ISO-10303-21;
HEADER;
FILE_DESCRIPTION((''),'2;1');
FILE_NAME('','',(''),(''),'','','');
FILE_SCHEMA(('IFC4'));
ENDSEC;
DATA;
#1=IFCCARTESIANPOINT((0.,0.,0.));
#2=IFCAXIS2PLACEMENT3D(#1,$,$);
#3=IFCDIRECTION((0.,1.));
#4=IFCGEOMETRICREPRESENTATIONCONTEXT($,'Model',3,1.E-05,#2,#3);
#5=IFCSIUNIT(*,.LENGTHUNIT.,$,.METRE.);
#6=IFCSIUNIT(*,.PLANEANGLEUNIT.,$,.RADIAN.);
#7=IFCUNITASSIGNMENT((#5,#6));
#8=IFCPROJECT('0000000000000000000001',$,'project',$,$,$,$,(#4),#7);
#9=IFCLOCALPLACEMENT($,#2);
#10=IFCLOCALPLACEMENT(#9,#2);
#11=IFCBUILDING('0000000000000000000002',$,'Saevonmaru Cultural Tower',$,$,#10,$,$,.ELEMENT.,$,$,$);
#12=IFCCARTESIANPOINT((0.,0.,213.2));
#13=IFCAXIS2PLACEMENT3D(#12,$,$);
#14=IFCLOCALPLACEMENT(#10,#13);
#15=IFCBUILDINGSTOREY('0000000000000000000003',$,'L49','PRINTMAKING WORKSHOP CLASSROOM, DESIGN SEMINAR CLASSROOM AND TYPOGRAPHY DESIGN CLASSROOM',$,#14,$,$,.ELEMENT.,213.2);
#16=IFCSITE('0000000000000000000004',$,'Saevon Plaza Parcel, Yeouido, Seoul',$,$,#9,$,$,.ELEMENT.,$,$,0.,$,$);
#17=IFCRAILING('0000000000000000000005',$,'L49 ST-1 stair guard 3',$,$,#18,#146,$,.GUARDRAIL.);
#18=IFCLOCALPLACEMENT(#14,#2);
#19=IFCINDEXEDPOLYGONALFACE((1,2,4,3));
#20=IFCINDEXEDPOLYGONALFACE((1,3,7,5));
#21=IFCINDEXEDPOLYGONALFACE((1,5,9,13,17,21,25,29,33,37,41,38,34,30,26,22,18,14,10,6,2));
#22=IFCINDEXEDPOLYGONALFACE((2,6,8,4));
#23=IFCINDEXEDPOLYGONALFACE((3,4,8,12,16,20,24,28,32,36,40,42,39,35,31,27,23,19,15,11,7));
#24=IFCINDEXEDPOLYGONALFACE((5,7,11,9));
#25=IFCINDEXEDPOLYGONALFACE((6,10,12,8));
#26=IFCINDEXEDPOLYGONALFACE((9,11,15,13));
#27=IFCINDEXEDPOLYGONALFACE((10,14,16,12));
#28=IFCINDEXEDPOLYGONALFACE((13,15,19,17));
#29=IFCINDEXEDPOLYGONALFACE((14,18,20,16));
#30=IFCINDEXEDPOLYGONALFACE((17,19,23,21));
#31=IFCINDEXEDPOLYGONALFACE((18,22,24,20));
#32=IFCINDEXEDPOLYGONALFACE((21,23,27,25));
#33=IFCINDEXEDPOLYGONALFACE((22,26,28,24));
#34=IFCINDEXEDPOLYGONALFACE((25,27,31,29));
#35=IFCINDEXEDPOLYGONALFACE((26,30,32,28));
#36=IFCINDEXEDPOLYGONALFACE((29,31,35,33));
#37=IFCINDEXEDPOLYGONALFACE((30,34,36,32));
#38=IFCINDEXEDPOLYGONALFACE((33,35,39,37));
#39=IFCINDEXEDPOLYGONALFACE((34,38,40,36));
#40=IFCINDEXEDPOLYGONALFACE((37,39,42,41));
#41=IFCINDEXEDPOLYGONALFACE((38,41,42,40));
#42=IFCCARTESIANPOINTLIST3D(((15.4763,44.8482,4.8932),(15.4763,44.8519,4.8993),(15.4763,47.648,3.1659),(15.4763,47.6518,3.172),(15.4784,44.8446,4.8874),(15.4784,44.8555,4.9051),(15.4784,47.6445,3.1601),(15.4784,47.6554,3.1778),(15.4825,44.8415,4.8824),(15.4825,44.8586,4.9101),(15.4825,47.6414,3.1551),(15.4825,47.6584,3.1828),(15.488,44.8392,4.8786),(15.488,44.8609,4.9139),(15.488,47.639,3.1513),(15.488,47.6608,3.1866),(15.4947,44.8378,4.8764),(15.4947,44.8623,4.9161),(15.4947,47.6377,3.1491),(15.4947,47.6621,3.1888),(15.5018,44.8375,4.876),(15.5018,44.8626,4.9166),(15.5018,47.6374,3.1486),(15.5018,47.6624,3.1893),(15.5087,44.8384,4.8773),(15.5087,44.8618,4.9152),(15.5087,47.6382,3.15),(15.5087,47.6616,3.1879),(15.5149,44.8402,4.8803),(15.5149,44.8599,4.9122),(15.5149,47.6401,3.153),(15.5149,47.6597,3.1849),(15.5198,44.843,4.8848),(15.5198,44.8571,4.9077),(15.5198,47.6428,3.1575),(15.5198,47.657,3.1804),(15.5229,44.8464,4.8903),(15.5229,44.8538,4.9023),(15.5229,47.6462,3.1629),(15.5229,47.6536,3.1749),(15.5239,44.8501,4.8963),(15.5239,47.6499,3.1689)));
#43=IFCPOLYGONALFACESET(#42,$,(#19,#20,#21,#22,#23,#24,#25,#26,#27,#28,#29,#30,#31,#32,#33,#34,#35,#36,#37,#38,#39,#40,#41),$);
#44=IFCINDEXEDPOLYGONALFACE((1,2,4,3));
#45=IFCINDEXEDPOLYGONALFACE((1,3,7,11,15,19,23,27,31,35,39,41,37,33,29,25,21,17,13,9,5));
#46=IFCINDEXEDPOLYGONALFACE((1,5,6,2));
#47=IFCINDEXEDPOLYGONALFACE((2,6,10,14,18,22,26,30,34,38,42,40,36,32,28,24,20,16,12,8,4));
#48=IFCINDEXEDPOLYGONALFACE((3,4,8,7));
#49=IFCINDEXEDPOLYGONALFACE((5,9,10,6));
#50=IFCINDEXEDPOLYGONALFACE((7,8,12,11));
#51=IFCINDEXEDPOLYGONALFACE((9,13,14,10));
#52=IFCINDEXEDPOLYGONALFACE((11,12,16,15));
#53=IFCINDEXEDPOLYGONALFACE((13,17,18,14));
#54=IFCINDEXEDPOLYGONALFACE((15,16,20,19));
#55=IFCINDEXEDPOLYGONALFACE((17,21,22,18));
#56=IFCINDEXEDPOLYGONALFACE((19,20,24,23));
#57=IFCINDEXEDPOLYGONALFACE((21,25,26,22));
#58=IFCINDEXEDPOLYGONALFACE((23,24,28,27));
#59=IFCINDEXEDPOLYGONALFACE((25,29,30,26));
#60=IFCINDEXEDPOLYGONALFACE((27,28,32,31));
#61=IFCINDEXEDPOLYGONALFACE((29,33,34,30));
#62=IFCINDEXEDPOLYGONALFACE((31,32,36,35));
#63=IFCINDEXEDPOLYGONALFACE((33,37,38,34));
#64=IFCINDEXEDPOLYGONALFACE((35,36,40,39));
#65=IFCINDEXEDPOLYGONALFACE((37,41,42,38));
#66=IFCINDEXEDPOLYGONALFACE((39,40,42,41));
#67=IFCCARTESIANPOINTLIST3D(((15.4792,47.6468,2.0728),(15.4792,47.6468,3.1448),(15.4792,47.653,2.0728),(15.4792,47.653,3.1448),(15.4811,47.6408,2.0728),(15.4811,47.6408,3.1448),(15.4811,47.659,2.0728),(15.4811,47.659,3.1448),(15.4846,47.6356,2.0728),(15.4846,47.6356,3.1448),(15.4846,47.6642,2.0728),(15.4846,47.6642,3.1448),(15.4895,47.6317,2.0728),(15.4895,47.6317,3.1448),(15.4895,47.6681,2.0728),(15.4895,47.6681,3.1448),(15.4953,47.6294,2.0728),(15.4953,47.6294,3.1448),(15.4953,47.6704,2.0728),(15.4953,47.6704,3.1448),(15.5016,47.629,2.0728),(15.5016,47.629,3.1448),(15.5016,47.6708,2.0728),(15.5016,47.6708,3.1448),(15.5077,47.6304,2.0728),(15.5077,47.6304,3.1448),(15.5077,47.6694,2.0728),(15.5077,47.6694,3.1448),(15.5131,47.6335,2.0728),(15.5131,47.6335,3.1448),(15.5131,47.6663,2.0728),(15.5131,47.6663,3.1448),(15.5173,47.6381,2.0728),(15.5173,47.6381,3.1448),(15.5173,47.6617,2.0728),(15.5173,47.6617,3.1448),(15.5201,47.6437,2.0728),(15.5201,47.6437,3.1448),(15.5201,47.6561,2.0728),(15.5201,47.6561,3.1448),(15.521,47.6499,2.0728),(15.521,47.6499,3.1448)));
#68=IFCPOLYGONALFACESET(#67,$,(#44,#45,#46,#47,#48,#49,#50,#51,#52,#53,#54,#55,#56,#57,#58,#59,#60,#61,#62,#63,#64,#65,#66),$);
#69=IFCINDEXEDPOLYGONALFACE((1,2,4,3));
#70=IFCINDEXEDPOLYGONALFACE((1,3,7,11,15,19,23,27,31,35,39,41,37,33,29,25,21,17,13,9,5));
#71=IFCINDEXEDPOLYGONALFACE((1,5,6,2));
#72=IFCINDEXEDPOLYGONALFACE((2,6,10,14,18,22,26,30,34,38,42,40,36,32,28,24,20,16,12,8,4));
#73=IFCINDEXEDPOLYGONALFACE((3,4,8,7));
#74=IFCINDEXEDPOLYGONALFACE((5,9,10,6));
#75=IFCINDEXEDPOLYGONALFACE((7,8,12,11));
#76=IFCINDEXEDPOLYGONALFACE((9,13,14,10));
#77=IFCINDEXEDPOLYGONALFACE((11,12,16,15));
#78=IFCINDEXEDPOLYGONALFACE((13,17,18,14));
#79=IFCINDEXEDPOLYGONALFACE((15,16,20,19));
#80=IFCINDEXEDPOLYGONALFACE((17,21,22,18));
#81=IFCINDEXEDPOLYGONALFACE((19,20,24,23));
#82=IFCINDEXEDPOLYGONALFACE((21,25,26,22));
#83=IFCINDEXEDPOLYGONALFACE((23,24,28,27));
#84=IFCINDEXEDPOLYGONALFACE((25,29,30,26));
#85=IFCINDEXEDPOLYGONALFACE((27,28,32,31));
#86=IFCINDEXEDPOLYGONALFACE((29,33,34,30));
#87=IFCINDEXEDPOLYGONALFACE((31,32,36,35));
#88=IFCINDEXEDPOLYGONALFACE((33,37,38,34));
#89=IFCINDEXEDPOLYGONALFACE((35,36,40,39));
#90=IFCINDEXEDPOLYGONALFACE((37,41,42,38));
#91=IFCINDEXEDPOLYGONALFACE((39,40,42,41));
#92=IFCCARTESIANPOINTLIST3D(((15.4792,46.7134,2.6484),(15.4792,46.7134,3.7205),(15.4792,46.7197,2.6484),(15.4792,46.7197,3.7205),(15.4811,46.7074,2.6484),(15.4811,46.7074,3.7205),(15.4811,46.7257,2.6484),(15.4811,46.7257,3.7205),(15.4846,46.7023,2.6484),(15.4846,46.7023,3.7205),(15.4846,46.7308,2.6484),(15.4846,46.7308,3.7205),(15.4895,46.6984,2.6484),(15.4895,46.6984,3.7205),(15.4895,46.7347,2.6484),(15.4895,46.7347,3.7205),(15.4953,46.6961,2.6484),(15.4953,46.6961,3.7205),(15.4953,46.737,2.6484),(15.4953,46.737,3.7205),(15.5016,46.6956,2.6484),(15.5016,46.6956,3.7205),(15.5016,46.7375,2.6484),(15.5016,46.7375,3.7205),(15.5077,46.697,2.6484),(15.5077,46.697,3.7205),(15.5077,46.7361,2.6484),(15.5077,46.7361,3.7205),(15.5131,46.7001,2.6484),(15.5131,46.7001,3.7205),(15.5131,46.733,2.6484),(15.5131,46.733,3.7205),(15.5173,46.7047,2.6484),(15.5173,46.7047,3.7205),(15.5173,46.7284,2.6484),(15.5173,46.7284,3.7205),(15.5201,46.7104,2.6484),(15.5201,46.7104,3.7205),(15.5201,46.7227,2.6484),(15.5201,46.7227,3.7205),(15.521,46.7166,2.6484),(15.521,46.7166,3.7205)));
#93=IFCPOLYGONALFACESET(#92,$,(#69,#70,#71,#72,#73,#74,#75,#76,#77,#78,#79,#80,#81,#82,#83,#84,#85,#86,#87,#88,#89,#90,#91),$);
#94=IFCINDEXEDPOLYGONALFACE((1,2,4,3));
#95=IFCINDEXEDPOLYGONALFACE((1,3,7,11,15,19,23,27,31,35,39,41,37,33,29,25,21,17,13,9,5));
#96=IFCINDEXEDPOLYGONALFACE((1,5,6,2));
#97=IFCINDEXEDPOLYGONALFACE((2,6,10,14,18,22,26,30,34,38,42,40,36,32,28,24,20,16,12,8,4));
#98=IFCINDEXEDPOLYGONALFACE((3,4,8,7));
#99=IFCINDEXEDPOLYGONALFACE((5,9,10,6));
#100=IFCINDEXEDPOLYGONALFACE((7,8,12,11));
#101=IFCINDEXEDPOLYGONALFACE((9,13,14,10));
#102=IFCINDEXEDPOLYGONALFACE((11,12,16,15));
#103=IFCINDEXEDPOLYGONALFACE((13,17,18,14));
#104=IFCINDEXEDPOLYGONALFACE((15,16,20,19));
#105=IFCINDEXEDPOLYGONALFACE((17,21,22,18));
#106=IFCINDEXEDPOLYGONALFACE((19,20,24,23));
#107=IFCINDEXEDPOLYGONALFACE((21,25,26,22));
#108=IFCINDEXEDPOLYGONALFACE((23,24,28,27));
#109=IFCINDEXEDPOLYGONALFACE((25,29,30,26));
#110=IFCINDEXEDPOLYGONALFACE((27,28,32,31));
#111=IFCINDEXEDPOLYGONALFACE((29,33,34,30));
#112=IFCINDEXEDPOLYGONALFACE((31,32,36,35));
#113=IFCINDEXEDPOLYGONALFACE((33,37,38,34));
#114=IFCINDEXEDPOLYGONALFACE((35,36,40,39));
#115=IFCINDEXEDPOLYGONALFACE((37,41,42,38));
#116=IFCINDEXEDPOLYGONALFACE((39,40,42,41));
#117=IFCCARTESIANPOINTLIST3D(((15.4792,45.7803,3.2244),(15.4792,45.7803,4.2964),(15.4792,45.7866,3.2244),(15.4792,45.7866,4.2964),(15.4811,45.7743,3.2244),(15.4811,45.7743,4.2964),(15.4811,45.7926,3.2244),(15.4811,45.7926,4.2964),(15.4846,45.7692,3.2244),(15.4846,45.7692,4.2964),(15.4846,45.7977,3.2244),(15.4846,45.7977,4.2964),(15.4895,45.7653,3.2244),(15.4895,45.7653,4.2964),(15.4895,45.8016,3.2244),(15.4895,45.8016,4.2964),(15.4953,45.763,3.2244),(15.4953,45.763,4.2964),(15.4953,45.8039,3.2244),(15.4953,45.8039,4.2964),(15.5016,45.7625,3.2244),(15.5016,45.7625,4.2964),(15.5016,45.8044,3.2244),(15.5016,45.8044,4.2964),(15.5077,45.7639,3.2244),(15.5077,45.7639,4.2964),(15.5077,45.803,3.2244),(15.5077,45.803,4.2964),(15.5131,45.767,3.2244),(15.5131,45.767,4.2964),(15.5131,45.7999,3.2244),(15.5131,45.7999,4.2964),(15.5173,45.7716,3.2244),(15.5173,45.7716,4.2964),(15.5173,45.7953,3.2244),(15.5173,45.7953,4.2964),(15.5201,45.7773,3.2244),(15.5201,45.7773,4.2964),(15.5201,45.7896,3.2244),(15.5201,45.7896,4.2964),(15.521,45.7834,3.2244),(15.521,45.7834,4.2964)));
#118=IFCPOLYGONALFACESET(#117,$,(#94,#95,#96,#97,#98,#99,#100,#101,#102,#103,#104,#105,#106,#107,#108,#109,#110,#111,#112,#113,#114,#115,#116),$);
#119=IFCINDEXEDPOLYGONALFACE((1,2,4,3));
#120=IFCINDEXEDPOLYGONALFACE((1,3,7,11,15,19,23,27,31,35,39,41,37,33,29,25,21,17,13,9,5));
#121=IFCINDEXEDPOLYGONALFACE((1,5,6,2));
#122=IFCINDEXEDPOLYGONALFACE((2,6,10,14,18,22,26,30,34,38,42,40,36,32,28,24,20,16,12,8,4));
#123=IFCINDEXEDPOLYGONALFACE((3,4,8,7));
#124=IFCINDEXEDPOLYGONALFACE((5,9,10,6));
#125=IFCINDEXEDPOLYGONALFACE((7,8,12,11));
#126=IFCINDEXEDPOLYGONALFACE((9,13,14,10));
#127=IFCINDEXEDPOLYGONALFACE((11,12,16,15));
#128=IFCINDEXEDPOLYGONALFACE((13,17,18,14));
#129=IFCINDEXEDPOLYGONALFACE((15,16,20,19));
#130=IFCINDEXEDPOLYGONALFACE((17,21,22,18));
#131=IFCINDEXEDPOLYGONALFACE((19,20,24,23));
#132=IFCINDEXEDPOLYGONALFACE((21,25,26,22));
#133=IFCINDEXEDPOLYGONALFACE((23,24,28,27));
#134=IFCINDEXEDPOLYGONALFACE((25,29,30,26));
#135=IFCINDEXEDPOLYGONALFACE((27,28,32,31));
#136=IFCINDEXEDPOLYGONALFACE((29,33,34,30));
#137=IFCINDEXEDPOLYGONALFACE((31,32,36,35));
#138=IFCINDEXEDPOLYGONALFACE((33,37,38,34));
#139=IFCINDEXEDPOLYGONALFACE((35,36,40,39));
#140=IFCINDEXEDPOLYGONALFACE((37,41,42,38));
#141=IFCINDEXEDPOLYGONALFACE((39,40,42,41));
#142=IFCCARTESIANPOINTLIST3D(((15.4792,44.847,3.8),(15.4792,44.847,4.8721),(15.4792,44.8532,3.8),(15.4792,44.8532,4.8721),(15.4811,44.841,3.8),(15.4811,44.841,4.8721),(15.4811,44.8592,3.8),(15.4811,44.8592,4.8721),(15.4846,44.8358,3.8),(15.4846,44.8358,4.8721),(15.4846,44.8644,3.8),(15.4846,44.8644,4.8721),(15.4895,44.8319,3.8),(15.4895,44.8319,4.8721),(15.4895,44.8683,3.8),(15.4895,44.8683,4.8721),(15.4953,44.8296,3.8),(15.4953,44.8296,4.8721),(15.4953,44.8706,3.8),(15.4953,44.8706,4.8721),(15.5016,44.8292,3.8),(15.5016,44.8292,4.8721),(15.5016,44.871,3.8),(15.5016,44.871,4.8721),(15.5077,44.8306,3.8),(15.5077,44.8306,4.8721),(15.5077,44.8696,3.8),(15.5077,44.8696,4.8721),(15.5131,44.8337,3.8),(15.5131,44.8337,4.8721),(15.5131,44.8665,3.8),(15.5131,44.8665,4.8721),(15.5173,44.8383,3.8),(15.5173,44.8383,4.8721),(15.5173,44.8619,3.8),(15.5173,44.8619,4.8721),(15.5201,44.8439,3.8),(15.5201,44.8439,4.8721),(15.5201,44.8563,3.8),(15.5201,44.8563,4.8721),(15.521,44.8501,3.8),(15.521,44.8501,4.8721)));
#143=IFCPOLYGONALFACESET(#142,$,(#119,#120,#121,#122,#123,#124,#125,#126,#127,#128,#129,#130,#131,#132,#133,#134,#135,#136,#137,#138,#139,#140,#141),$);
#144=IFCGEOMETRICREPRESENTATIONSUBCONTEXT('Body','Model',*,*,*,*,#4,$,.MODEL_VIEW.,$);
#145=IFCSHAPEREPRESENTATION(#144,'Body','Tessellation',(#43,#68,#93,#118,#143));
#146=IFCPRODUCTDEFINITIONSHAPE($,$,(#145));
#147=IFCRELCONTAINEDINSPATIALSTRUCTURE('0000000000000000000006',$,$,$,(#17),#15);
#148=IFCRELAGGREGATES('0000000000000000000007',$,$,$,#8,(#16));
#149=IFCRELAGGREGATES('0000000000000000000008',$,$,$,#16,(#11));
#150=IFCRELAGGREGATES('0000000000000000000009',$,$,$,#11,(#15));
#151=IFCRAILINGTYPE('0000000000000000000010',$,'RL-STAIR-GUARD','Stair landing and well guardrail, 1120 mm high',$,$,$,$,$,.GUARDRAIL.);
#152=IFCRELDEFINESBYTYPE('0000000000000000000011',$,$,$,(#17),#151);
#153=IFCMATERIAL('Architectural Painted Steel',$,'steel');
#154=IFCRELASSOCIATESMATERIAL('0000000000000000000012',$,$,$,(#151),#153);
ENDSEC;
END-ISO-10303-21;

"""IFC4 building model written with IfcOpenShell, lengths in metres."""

from ifc_helpers import new_model, si_unit, direction, frame, origin, origin_2d, place, context, subcontext, project, spatial, circle, extrude, material, type_object, element, save


model = new_model("IFC4")

# Units and contexts
model_context = context("Model", 3, precision=1e-05, world=origin(), true_north=direction((0.0, 1.0)))
body_context = subcontext(model_context, "Body", "Model", "MODEL_VIEW")
ifc_project = project(units=[si_unit("LENGTHUNIT", "METRE"), si_unit("PLANEANGLEUNIT", "RADIAN")], contexts=[model_context])

# Site, building, storey
site_placement = place(None, origin())
site = spatial("IfcSite", under=ifc_project, at=site_placement, Name="Saevon Plaza Parcel, Yeouido, Seoul", CompositionType="ELEMENT", RefElevation=0.0)
building_placement = place(site_placement, origin())
building = spatial("IfcBuilding", under=site, at=building_placement, Name="Saevonmaru Cultural Tower", CompositionType="ELEMENT")
storey_placement = place(building_placement, frame((0.0, 0.0, 213.2)))
storey = spatial("IfcBuildingStorey", under=building, at=storey_placement, Name="L49", Description="PRINTMAKING WORKSHOP CLASSROOM, DESIGN SEMINAR CLASSROOM AND TYPOGRAPHY DESIGN CLASSROOM", CompositionType="ELEMENT", Elevation=213.2)

# Railing
ifc_material_1 = material(Name="Architectural Painted Steel", Category="steel")
railing_type_1 = type_object("IfcRailingType", Name="RL-STAIR-GUARD", Description="Stair landing and well guardrail, 1120 mm high", PredefinedType="GUARDRAIL", material=ifc_material_1)
railing_1_placement = place(storey_placement, frame((15.5, 47.6499, 2.0728)))
element("IfcRailing", 1, at=railing_1_placement, inside=storey, type_object=railing_type_1, Name="L49 ST-1 stair guard 3", PredefinedType="GUARDRAIL", context=body_context, shape_type="SweptSolid", body=[
    extrude(circle(Radius=0.0239, at=origin_2d()), frame((0.0, 0.0, 1.0962), z_axis=(0.0, -0.851069, 0.525054), x_axis=(1.0, 0.0, 0.0)), (0.0, 0.0, 1.0), 3.2898),
    extrude(circle(Radius=0.021, at=origin_2d()), origin(), (0.0, 0.0, 1.0), 1.072),
    extrude(circle(Radius=0.021, at=origin_2d()), frame((0.0, -0.9333, 0.5757)), (0.0, 0.0, 1.0), 1.072),
    extrude(circle(Radius=0.021, at=origin_2d()), frame((0.0, -1.8665, 1.1516)), (0.0, 0.0, 1.0), 1.072),
    extrude(circle(Radius=0.021, at=origin_2d()), frame((0.0, -2.7998, 1.7273)), (0.0, 0.0, 1.0), 1.072),
])

save(model, "model.ifc")
